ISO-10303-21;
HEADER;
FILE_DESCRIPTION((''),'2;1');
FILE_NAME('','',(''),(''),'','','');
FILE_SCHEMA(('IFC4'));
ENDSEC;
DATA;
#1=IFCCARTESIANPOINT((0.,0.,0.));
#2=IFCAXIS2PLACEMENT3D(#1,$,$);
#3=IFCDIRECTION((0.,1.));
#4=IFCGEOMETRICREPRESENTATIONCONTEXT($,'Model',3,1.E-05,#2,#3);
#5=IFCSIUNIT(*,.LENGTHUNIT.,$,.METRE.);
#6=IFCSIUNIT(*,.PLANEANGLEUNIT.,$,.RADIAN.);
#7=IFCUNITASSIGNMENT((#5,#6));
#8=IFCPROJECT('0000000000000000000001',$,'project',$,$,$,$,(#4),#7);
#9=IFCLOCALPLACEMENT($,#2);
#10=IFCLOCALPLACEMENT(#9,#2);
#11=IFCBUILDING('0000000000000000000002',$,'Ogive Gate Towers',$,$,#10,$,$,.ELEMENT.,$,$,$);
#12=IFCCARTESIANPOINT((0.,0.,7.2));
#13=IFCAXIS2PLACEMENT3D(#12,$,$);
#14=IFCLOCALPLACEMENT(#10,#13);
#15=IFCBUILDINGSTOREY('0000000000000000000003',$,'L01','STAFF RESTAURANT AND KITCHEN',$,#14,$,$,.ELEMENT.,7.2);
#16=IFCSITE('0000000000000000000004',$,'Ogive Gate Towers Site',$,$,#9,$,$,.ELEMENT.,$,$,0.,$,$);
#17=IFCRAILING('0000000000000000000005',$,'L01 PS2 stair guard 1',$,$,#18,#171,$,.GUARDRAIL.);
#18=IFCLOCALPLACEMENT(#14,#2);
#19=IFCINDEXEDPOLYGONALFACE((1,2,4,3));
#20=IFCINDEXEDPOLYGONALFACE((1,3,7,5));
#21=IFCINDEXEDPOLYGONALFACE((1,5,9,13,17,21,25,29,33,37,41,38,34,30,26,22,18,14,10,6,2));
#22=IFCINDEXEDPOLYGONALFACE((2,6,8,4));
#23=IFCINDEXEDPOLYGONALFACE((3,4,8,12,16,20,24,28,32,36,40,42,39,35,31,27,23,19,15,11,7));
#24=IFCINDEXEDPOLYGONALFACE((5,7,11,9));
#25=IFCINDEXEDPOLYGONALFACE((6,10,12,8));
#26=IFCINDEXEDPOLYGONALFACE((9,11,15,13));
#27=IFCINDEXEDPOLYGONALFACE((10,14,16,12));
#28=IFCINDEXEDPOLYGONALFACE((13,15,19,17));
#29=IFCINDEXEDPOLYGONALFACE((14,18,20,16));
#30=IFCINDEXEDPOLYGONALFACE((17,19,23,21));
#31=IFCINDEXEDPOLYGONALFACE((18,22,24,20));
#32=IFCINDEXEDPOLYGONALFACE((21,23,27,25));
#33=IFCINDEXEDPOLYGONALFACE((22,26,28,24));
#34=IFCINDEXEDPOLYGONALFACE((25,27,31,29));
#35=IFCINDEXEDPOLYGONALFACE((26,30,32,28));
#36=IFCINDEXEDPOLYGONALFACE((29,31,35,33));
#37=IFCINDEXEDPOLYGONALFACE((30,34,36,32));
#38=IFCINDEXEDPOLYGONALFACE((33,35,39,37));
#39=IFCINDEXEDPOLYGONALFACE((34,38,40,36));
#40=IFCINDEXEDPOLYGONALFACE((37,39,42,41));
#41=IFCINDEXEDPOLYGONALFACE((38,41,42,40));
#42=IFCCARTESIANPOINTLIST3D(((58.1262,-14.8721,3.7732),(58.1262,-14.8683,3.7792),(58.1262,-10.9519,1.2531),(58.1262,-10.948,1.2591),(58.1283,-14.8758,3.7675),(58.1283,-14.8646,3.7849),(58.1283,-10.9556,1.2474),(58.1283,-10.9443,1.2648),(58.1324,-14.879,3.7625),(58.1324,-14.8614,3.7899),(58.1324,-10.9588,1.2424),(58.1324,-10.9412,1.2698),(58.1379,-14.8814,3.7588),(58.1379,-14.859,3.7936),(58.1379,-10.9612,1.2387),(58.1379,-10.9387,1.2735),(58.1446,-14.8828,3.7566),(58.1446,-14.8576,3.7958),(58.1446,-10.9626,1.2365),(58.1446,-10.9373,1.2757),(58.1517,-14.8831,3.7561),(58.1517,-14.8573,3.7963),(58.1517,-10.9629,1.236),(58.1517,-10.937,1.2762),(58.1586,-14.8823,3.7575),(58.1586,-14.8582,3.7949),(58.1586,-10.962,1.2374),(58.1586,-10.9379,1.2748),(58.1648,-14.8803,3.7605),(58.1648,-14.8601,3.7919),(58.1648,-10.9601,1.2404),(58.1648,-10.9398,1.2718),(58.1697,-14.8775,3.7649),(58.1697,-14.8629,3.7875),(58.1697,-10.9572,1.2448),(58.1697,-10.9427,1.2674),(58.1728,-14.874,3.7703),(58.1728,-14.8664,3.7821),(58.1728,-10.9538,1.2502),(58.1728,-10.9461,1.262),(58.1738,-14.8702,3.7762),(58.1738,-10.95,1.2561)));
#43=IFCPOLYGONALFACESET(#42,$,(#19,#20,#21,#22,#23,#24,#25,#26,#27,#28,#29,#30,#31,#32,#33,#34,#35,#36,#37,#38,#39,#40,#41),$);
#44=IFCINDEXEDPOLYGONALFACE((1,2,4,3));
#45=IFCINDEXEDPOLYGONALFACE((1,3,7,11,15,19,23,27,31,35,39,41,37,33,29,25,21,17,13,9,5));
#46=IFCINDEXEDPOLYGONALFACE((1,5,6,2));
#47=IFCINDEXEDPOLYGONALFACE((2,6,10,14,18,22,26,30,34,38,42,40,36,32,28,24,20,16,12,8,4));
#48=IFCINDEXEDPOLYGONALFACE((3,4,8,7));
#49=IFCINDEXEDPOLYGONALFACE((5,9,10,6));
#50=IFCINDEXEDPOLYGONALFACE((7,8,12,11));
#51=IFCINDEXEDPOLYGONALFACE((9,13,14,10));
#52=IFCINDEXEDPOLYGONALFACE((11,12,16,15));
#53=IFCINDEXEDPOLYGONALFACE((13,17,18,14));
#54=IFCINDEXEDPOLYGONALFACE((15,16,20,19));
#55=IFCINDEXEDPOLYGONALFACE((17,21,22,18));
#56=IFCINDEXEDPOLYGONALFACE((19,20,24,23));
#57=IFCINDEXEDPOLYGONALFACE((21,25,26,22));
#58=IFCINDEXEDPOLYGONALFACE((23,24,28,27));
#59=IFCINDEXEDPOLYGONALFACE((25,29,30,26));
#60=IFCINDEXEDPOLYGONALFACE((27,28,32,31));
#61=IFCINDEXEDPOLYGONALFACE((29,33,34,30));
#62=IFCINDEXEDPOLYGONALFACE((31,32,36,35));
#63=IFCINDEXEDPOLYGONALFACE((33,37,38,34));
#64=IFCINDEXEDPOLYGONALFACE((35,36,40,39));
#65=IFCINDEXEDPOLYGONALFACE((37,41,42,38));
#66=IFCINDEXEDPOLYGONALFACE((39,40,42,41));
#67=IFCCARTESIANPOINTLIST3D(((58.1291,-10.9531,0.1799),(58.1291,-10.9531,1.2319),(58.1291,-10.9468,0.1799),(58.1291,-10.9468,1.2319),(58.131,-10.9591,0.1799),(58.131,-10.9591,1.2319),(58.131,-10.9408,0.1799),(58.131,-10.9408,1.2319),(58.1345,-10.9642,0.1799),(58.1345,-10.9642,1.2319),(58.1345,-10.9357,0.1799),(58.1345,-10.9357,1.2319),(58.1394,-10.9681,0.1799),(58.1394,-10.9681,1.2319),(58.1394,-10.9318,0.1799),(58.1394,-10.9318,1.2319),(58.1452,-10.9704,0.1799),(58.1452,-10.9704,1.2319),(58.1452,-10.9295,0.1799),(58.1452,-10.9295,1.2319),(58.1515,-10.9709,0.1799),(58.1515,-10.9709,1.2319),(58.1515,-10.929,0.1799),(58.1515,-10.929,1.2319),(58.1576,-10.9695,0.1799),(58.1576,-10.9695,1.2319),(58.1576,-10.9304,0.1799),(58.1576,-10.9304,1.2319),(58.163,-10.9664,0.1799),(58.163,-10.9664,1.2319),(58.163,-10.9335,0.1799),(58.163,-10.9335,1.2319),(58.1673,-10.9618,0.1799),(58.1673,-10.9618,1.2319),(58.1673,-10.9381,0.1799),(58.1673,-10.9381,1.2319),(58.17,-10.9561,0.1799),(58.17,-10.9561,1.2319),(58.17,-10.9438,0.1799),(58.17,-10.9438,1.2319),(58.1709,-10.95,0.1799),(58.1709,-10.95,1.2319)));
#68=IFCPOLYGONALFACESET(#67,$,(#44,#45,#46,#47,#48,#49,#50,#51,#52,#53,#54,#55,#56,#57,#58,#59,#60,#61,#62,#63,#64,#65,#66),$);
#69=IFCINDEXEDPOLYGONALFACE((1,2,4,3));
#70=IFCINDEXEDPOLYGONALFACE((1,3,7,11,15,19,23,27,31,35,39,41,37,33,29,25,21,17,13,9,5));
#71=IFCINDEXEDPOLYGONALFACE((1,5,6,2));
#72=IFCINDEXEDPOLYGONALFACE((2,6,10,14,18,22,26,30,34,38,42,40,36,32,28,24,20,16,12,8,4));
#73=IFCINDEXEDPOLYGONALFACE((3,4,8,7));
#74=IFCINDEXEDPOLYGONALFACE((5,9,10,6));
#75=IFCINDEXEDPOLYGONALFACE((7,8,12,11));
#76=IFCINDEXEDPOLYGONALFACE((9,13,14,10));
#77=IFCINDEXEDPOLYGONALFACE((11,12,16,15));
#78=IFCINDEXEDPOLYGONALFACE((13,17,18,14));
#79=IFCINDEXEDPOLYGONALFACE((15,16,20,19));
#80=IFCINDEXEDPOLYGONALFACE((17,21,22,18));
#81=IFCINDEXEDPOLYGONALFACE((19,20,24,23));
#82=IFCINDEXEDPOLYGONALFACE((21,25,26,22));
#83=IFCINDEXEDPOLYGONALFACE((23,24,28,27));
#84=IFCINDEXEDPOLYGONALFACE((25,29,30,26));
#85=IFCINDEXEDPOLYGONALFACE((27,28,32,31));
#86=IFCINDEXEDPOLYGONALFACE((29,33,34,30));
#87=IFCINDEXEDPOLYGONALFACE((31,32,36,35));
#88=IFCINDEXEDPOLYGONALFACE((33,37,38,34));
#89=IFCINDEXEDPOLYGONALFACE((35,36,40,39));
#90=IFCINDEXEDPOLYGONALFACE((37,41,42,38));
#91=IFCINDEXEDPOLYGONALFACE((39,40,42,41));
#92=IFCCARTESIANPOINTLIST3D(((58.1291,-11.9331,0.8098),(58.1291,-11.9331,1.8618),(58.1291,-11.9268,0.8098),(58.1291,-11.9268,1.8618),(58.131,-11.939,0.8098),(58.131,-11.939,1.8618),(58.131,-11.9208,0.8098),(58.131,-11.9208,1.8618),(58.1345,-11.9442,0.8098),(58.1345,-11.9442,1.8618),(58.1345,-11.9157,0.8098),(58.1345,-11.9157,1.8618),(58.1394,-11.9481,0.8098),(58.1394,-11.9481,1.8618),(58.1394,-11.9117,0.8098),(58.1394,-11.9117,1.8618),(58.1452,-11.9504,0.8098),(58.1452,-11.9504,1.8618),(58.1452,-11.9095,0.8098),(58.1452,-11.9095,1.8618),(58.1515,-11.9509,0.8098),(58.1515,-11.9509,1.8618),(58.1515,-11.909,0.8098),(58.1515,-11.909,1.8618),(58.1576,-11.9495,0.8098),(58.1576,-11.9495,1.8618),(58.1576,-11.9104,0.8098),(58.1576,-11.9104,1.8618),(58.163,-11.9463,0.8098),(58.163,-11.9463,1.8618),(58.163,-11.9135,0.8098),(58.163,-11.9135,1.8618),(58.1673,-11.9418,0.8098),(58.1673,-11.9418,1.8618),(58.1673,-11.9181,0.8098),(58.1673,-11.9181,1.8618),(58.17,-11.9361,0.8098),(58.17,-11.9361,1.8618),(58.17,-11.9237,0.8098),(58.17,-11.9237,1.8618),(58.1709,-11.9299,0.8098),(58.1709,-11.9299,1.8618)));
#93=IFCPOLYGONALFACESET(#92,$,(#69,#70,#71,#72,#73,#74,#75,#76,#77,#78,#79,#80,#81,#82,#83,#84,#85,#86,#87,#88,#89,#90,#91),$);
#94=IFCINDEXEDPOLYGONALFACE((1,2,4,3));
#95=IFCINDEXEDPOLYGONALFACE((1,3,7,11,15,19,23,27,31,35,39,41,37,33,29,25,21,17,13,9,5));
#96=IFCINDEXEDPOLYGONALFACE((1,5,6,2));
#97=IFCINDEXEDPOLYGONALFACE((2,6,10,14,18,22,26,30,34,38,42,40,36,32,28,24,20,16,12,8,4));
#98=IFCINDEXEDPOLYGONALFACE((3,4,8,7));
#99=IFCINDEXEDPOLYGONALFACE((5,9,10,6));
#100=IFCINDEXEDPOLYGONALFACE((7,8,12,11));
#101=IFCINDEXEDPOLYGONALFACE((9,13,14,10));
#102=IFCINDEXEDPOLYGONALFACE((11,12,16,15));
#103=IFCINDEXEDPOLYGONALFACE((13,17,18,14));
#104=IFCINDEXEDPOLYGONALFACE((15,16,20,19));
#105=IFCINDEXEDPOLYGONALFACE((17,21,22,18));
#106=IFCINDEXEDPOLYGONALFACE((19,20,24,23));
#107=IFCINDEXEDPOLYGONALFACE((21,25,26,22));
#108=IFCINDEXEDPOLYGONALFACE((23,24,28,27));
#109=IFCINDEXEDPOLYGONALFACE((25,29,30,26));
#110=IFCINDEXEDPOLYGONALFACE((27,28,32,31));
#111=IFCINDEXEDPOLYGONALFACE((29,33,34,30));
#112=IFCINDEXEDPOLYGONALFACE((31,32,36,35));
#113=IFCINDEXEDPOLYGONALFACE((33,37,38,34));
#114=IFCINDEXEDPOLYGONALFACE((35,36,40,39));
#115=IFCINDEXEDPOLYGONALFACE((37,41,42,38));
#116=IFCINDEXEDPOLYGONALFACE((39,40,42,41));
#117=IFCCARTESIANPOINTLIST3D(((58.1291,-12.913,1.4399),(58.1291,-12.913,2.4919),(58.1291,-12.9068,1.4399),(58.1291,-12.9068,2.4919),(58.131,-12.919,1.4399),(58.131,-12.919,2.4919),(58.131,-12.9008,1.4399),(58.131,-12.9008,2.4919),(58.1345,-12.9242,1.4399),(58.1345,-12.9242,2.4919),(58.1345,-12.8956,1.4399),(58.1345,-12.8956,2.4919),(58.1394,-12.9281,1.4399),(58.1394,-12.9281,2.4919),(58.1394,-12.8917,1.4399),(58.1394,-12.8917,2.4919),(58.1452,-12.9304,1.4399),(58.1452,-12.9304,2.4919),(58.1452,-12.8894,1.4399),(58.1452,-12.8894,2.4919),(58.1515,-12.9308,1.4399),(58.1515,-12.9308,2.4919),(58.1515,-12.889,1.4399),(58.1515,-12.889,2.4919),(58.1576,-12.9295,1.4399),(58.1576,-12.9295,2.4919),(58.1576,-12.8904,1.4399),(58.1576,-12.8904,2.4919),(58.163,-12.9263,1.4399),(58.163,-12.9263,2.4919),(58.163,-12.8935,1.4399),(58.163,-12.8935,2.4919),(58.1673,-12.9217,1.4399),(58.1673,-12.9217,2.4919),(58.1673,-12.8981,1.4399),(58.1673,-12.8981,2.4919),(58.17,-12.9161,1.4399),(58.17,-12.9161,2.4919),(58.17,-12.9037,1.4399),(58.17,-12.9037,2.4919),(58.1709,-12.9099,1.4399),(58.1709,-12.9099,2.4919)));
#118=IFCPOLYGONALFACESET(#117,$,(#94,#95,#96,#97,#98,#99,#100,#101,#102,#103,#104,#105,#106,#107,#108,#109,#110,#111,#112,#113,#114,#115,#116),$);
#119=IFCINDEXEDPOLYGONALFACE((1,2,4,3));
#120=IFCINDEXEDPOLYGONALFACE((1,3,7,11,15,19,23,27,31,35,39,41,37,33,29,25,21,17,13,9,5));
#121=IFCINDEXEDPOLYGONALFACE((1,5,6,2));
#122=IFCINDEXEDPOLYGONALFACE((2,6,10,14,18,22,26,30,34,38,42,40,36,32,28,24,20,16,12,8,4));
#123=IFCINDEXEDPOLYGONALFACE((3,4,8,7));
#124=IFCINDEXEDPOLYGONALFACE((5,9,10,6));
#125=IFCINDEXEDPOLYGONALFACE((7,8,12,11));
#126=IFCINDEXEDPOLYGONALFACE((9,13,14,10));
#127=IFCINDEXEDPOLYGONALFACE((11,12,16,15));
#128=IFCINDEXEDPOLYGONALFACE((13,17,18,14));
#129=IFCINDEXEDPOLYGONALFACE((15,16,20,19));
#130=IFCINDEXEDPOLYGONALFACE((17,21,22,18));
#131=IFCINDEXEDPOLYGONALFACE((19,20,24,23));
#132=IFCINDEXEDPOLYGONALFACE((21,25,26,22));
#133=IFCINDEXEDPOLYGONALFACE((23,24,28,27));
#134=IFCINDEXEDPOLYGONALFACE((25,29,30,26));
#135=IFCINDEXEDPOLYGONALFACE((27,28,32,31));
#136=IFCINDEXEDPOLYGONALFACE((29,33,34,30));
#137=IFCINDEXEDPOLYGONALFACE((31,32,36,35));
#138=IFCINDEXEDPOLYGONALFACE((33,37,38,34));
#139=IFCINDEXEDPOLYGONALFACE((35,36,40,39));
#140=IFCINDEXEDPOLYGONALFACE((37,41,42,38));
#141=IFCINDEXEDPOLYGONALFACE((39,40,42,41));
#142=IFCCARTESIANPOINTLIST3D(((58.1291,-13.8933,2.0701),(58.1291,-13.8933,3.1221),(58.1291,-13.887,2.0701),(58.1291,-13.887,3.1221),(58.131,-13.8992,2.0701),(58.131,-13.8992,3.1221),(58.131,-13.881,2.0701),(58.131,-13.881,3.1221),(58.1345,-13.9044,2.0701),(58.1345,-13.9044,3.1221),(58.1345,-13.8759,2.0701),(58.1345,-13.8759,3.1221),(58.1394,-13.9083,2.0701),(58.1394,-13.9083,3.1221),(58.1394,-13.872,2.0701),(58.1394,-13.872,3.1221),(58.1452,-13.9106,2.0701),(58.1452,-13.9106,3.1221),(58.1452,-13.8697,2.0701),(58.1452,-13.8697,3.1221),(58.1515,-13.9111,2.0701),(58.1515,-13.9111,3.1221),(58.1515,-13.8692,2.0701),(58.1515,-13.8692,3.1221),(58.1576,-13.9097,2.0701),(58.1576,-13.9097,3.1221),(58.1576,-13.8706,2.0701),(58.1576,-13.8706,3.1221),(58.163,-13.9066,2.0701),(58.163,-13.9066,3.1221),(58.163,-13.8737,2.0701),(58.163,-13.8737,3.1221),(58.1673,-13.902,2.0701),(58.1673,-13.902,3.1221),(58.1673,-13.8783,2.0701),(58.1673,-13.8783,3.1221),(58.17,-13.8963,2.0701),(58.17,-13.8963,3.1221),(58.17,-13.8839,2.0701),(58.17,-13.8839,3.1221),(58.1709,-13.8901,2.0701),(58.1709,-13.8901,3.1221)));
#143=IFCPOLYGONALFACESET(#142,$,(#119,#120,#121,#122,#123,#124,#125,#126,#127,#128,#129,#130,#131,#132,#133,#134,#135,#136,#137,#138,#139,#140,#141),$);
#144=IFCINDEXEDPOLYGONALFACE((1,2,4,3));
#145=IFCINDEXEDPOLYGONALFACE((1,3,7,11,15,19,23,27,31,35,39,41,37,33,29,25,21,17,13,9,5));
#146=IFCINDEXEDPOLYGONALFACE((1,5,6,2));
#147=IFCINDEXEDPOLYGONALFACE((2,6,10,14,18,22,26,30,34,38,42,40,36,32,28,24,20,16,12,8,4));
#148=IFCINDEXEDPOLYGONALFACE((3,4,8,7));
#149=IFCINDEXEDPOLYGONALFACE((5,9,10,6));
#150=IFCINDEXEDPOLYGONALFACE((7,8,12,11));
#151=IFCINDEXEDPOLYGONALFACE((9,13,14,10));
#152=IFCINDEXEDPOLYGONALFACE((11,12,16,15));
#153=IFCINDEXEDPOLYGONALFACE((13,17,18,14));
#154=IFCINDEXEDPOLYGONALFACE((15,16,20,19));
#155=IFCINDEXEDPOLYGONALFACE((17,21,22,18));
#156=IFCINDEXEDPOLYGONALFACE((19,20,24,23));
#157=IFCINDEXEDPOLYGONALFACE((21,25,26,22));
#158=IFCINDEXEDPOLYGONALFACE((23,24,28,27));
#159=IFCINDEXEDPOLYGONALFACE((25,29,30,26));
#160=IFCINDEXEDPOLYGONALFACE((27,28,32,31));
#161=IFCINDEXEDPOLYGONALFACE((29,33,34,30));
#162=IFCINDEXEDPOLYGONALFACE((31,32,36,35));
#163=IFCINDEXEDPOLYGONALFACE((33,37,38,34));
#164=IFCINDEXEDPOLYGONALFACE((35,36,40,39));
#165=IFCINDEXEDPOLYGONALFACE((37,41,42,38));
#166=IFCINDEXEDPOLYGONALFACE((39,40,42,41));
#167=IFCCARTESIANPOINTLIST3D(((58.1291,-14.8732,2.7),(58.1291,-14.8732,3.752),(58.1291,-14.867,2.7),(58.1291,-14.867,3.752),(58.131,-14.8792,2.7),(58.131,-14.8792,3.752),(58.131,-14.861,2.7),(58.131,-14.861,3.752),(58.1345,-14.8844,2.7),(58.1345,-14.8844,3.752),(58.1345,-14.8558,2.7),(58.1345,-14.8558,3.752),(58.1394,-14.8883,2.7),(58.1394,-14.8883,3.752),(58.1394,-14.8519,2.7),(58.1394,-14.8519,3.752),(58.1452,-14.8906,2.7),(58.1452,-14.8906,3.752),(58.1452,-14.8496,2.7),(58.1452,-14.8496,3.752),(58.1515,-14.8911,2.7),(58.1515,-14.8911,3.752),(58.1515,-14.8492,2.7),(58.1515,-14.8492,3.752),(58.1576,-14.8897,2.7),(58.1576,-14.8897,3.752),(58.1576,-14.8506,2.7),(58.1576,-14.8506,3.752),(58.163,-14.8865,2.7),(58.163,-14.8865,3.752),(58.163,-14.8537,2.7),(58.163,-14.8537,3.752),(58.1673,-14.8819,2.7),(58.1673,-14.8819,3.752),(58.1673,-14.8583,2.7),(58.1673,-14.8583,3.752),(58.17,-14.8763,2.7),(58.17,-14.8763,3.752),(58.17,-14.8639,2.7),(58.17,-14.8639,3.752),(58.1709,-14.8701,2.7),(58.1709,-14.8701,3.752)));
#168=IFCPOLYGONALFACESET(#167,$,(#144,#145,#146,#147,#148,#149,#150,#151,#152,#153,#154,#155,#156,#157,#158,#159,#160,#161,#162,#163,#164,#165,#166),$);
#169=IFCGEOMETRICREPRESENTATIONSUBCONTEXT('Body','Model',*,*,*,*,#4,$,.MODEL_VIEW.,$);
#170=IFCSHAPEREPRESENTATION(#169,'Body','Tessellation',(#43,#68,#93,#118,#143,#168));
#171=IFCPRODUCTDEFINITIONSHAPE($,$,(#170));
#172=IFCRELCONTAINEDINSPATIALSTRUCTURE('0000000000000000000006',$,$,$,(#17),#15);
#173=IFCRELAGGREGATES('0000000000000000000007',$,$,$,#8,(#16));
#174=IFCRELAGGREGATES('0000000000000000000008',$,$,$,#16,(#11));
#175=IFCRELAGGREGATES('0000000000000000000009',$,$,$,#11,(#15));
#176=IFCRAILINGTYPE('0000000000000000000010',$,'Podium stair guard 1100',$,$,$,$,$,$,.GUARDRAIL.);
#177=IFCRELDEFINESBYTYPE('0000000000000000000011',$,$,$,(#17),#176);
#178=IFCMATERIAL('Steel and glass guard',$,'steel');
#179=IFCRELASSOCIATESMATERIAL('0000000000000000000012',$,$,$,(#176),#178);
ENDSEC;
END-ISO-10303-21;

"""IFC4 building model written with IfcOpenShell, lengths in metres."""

from ifc_helpers import new_model, si_unit, direction, frame, origin, origin_2d, place, context, subcontext, project, spatial, circle, extrude, material, type_object, element, save


model = new_model("IFC4")

# Units and contexts
model_context = context("Model", 3, precision=1e-05, world=origin(), true_north=direction((0.0, 1.0)))
body_context = subcontext(model_context, "Body", "Model", "MODEL_VIEW")
ifc_project = project(units=[si_unit("LENGTHUNIT", "METRE"), si_unit("PLANEANGLEUNIT", "RADIAN")], contexts=[model_context])

# Site, building, storey
site_placement = place(None, origin())
site = spatial("IfcSite", under=ifc_project, at=site_placement, Name="Ogive Gate Towers Site", CompositionType="ELEMENT", RefElevation=0.0)
building_placement = place(site_placement, origin())
building = spatial("IfcBuilding", under=site, at=building_placement, Name="Ogive Gate Towers", CompositionType="ELEMENT")
storey_placement = place(building_placement, frame((0.0, 0.0, 7.2)))
storey = spatial("IfcBuildingStorey", under=building, at=storey_placement, Name="L01", Description="STAFF RESTAURANT AND KITCHEN", CompositionType="ELEMENT", Elevation=7.2)

# Railing
ifc_material_1 = material(Name="Steel and glass guard", Category="steel")
railing_type_1 = type_object("IfcRailingType", Name="Podium stair guard 1100", PredefinedType="GUARDRAIL", material=ifc_material_1)
railing_1_placement = place(storey_placement, frame((58.1499, -10.95, 0.1799)))
element("IfcRailing", 1, at=railing_1_placement, inside=storey, type_object=railing_type_1, Name="L01 PS2 stair guard 1", PredefinedType="GUARDRAIL", context=body_context, shape_type="SweptSolid", body=[
    extrude(circle(Radius=0.0239, at=origin_2d()), frame((0.0, 0.0, 1.0762), z_axis=(0.0, -0.841187, 0.540744), x_axis=(1.0, 0.0, 0.0)), (0.0, 0.0, 1.0), 4.6604),
    extrude(circle(Radius=0.021, at=origin_2d()), origin(), (0.0, 0.0, 1.0), 1.052),
    extrude(circle(Radius=0.021, at=origin_2d()), frame((0.0, -0.98, 0.6299)), (0.0, 0.0, 1.0), 1.052),
    extrude(circle(Radius=0.021, at=origin_2d()), frame((0.0, -1.96, 1.26)), (0.0, 0.0, 1.0), 1.052),
    extrude(circle(Radius=0.021, at=origin_2d()), frame((0.0, -2.9402, 1.8901)), (0.0, 0.0, 1.0), 1.052),
    extrude(circle(Radius=0.021, at=origin_2d()), frame((0.0, -3.9202, 2.52)), (0.0, 0.0, 1.0), 1.052),
])

save(model, "model.ifc")
